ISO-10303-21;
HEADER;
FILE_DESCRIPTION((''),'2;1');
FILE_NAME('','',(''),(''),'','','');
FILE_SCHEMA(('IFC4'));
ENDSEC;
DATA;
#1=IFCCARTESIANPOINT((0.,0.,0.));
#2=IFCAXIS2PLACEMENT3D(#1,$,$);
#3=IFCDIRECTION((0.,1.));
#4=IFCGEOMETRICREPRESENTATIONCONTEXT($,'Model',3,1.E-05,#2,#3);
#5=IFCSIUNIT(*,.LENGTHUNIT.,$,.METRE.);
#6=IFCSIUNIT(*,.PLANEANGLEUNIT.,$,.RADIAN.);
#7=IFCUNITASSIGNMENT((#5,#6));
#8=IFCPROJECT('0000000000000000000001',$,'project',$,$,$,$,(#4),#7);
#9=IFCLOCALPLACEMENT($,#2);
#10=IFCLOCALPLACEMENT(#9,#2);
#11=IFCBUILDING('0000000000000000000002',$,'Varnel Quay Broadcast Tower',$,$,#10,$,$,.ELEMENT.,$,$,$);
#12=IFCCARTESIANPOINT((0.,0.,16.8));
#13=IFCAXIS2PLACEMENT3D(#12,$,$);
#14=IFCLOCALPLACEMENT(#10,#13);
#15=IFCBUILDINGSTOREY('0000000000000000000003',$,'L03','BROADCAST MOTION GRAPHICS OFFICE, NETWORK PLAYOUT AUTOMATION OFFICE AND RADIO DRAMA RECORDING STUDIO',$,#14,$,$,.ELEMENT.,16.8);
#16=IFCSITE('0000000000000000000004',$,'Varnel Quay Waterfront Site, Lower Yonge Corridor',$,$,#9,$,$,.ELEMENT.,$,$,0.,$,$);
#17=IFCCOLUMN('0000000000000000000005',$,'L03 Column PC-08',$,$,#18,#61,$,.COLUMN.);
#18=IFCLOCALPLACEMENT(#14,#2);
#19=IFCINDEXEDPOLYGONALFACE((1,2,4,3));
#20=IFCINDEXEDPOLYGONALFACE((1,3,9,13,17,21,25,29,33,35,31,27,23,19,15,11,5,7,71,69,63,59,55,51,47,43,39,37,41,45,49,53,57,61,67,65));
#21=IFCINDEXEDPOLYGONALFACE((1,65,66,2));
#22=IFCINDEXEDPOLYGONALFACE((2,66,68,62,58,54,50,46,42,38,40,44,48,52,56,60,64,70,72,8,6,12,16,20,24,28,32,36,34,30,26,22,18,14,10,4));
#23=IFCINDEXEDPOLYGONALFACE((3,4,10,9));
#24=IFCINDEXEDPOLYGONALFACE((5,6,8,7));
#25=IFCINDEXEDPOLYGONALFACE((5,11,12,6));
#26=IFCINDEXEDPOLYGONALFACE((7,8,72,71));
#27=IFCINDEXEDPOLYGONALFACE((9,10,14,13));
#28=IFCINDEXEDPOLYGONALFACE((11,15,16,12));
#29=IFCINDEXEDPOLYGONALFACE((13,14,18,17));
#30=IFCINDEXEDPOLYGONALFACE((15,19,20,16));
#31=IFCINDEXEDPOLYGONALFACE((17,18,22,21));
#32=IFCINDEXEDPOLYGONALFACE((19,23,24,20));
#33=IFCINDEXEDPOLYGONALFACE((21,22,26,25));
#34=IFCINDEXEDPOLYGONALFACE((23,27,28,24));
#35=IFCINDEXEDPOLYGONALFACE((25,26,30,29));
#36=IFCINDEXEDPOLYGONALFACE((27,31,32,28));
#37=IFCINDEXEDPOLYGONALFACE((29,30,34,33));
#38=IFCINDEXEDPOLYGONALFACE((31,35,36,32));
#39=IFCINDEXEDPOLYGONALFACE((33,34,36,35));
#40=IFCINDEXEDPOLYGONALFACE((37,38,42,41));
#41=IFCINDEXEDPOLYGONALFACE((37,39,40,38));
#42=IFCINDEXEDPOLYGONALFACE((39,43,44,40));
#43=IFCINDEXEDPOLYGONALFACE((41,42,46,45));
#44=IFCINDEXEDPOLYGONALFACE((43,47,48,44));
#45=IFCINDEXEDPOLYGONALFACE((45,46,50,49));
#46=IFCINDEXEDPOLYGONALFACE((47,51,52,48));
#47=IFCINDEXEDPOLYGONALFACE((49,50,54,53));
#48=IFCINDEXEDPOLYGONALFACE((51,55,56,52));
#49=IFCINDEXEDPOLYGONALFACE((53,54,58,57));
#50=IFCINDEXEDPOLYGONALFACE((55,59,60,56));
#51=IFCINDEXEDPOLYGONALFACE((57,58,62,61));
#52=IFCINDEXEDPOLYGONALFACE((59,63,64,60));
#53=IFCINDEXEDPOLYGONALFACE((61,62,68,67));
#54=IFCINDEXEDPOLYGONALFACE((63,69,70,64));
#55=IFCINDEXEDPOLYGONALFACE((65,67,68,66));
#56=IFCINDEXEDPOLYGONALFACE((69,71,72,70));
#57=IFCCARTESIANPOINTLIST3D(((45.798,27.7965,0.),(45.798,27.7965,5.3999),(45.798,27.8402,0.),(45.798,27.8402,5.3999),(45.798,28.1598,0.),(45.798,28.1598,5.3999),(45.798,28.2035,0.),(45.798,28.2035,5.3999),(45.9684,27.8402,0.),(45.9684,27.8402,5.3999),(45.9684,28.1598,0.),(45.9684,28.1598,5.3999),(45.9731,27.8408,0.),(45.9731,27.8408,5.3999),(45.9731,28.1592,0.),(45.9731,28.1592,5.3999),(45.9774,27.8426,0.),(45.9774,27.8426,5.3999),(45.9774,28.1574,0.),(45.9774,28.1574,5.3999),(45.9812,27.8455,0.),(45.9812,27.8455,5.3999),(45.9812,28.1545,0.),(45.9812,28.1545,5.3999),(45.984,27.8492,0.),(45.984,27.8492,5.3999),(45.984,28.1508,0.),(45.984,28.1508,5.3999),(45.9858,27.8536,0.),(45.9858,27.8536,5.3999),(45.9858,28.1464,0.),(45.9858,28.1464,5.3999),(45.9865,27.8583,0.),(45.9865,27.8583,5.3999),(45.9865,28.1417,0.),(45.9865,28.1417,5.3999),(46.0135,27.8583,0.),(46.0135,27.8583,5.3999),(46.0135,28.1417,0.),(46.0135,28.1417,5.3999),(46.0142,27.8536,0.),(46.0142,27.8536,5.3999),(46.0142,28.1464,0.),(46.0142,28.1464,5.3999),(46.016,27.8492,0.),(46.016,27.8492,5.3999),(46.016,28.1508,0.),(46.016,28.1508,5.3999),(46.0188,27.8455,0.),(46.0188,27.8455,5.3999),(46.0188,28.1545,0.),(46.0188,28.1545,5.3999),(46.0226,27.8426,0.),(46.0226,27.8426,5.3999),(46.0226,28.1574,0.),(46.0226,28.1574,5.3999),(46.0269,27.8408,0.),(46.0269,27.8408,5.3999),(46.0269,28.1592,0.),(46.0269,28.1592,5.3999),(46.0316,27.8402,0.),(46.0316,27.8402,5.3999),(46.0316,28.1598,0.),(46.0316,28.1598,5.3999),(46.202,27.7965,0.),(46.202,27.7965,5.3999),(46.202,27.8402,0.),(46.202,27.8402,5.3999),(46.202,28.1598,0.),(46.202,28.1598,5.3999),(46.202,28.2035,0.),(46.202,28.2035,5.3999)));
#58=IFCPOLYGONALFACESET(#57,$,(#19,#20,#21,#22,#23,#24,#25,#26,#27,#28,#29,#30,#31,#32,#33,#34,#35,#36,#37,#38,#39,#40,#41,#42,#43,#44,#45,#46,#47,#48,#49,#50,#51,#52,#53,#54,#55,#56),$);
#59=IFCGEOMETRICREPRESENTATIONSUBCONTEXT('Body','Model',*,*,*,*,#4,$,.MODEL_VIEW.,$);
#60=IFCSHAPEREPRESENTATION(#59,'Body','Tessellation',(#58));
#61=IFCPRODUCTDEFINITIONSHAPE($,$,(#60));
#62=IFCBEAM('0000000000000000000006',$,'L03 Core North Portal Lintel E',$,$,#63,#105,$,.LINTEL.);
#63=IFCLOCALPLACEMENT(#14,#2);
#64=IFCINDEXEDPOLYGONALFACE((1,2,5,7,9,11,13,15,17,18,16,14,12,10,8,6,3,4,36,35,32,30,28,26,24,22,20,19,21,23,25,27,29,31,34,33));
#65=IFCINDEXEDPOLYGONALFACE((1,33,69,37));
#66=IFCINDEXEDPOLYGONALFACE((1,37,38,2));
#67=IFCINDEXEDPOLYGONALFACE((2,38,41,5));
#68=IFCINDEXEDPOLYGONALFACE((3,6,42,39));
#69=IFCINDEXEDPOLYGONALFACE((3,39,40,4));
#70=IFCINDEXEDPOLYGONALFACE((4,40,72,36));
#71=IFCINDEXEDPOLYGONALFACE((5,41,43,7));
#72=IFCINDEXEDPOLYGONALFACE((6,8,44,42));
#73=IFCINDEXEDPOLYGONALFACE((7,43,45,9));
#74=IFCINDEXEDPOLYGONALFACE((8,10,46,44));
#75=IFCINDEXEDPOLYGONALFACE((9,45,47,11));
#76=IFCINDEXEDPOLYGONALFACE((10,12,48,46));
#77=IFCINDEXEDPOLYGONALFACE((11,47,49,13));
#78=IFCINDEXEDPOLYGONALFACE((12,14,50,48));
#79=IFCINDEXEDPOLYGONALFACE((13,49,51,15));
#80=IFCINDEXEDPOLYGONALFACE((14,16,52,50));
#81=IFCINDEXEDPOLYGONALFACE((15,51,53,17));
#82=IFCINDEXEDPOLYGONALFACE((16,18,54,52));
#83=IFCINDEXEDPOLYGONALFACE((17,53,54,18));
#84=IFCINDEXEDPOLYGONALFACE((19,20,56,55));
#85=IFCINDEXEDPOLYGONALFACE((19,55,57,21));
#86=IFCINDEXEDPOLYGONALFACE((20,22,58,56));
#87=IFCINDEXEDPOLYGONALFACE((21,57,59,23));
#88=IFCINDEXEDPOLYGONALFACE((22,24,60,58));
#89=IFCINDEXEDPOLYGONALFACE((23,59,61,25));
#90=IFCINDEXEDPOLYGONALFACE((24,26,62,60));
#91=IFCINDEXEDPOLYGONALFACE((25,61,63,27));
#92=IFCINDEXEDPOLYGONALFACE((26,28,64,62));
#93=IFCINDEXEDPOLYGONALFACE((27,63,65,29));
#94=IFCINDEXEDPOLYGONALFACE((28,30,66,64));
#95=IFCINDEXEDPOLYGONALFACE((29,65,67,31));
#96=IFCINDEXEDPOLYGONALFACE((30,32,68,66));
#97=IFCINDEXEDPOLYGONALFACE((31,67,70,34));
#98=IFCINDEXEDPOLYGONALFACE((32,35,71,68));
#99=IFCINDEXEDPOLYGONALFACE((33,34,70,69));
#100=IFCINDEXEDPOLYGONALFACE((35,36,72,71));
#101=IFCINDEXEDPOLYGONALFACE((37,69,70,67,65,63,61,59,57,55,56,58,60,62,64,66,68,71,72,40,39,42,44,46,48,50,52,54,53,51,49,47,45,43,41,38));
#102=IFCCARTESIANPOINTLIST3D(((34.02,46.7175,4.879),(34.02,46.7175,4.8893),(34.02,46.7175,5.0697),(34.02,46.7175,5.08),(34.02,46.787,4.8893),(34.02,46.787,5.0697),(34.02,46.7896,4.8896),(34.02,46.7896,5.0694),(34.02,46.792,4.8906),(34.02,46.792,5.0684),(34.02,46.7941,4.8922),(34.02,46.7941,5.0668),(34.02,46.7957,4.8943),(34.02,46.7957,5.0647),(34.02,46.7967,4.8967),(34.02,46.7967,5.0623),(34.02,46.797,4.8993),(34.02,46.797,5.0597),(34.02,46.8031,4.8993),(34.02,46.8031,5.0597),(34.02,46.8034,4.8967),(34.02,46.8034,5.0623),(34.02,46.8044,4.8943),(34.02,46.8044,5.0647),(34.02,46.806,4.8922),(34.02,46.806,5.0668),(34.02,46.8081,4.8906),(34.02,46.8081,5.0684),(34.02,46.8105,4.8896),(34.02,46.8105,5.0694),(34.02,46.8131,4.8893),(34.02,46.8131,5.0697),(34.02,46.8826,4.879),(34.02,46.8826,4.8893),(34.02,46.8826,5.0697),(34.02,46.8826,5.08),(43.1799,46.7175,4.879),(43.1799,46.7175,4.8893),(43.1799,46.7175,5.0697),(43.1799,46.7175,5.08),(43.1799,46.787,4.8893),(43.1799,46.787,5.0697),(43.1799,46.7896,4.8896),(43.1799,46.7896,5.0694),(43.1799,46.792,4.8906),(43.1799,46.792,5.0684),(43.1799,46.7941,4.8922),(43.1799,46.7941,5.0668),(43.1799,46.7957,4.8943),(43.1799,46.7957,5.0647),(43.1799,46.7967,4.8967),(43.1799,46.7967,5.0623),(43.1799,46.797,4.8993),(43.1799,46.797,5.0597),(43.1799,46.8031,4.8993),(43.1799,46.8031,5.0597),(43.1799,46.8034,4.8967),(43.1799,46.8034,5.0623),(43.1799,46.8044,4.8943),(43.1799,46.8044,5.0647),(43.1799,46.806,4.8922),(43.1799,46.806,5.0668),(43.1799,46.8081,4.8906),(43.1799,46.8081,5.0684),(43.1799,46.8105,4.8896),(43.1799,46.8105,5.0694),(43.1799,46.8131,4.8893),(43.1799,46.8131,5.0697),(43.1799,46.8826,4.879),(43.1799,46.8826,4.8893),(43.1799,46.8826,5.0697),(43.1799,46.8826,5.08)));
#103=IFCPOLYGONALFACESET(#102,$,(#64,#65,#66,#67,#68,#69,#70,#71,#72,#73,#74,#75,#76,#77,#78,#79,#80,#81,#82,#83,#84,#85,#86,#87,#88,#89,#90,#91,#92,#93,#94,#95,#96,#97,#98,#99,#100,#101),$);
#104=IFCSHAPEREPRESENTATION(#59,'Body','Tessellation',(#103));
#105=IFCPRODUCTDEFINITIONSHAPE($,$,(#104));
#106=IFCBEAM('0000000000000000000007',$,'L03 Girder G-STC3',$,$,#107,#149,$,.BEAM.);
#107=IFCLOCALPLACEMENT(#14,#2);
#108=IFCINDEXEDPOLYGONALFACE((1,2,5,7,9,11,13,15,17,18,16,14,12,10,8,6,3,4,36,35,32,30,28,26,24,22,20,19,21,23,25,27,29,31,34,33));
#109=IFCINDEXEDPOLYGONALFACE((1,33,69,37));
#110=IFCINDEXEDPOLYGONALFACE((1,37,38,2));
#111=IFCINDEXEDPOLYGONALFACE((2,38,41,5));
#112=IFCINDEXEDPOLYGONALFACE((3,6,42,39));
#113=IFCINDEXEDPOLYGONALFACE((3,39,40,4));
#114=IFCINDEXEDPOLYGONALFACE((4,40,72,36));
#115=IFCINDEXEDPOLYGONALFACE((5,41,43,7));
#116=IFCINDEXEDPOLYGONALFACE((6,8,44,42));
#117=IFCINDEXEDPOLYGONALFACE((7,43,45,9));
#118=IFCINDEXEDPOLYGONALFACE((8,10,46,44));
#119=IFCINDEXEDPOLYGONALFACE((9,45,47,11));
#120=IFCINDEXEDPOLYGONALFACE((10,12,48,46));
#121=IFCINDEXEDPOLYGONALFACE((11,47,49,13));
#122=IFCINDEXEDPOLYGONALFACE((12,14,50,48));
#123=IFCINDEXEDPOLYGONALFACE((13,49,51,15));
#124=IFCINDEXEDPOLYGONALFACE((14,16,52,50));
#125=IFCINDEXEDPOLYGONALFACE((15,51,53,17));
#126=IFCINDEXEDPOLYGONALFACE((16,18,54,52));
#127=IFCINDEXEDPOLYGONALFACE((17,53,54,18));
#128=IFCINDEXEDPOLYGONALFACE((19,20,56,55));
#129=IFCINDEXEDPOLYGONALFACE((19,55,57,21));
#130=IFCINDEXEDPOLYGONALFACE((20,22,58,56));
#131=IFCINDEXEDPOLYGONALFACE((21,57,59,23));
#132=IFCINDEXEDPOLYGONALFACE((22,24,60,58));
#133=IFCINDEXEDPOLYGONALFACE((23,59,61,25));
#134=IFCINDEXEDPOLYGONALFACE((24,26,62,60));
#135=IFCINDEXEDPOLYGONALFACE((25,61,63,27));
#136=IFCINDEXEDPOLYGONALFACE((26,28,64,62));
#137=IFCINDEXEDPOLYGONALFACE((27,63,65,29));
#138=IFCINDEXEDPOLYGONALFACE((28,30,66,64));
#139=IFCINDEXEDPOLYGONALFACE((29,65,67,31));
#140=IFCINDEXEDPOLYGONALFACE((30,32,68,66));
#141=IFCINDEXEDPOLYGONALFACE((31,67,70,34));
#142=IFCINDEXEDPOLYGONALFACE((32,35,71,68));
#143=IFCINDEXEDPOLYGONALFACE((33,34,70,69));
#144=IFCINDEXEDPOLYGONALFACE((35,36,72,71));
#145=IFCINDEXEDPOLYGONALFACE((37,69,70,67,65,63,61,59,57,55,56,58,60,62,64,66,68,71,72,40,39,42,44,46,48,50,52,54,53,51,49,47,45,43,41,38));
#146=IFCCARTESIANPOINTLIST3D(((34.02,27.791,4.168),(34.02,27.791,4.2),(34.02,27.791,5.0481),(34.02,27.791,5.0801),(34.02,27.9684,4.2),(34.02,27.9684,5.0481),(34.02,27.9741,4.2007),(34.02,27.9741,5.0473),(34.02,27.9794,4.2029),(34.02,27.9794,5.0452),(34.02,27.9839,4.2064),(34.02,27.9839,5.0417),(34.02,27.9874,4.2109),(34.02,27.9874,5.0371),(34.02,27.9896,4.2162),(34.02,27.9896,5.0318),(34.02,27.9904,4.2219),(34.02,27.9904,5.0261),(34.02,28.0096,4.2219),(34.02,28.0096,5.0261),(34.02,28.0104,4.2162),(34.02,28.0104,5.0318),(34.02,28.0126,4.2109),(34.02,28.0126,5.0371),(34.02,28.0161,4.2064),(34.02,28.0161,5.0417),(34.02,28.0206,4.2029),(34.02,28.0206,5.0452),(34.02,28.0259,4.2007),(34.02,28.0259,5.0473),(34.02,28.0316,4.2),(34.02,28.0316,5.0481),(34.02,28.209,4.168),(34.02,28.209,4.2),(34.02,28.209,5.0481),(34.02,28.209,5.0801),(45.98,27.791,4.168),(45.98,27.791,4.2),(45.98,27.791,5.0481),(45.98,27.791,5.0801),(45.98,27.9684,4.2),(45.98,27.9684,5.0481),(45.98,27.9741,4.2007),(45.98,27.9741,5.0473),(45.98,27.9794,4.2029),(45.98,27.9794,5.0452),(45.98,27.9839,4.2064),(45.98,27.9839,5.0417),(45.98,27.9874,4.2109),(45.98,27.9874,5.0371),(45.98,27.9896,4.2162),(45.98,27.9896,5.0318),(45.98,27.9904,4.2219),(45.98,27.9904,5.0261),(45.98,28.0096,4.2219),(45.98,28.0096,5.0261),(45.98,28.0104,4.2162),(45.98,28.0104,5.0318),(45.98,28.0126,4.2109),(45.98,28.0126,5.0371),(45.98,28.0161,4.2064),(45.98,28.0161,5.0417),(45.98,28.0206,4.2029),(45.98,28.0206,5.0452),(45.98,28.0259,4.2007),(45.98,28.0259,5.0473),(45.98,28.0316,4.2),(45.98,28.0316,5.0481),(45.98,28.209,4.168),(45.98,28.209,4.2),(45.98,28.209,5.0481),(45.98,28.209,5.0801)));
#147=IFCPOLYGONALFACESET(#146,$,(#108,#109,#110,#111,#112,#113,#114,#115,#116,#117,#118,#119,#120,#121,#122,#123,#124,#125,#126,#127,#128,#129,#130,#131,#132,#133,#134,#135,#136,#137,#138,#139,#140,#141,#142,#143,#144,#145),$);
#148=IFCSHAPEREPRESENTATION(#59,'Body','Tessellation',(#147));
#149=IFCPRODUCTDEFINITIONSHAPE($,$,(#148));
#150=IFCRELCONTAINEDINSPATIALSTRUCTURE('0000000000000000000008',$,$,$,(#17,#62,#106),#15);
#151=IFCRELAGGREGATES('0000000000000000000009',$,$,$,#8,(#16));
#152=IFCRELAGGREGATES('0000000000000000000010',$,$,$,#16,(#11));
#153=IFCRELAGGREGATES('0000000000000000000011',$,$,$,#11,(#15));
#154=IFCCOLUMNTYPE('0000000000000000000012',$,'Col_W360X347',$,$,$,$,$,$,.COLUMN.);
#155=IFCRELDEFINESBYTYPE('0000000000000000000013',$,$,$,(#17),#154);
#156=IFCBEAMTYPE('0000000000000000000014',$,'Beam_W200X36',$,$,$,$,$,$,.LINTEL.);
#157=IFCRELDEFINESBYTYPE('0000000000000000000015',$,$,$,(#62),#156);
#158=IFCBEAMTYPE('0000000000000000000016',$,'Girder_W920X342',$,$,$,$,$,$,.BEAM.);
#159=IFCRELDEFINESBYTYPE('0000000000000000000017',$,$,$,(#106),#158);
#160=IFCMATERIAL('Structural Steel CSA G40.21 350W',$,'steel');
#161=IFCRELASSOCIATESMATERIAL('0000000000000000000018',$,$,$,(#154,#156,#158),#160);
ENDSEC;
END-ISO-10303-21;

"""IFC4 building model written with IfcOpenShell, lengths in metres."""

from ifc_helpers import new_model, si_unit, direction, frame, origin, origin_2d, place, context, subcontext, project, spatial, i_section, extrude, source, transform, mapped, material, material_profile, profile_set, type_object, type_shapes, element, save


model = new_model("IFC4")

# Units and contexts
model_context = context("Model", 3, precision=1e-05, world=origin(), true_north=direction((0.0, 1.0)))
body_context = subcontext(model_context, "Body", "Model", "MODEL_VIEW")
ifc_project = project(units=[si_unit("LENGTHUNIT", "METRE"), si_unit("PLANEANGLEUNIT", "RADIAN")], contexts=[model_context])

# Site, building, storey
site_placement = place(None, origin())
site = spatial("IfcSite", under=ifc_project, at=site_placement, Name="Varnel Quay Waterfront Site, Lower Yonge Corridor", CompositionType="ELEMENT", RefElevation=0.0)
building_placement = place(site_placement, origin())
building = spatial("IfcBuilding", under=site, at=building_placement, Name="Varnel Quay Broadcast Tower", CompositionType="ELEMENT")
storey_placement = place(building_placement, frame((0.0, 0.0, 16.8)))
storey = spatial("IfcBuildingStorey", under=building, at=storey_placement, Name="L03", Description="BROADCAST MOTION GRAPHICS OFFICE, NETWORK PLAYOUT AUTOMATION OFFICE AND RADIO DRAMA RECORDING STUDIO", CompositionType="ELEMENT", Elevation=16.8)

# Column
ifc_material_1 = material(Name="Structural Steel CSA G40.21 350W", Category="steel")
ifc_material_profile_1 = material_profile(ifc_material_1, i_section(OverallWidth=0.4041, OverallDepth=0.407, WebThickness=0.0271, FlangeThickness=0.0437, FilletRadius=0.0181, at=origin_2d()), Name="W360X347")
ifc_profile_set_1 = profile_set([ifc_material_profile_1], Name="Structural Steel CSA G40.21 350W")
column_type_1 = type_object("IfcColumnType", Name="Col_W360X347", PredefinedType="COLUMN", material=ifc_profile_set_1)
shared_shape_1 = source(origin(), body_context, "Body", "SweptSolid", [
    extrude(i_section(OverallWidth=0.4041, OverallDepth=0.407, WebThickness=0.0271, FlangeThickness=0.0437, FilletRadius=0.0181, at=origin_2d()), origin(), (0.0, 0.0, 1.0), 5.3999),
])
type_shapes(column_type_1, [shared_shape_1])
column_placement = place(storey_placement, frame((46.0, 28.0, 0.0), z_axis=(0.0, 0.0, 1.0), x_axis=(1.0, 0.0, 0.0)))
element("IfcColumn", 1, at=column_placement, inside=storey, type_object=column_type_1, Name="L03 Column PC-08", PredefinedType="COLUMN", context=body_context, shape_type="MappedRepresentation", body=[
    mapped(shared_shape_1, transform((0.0, 0.0, 0.0), x_axis=(1.0, 0.0, 0.0), y_axis=(0.0, 1.0, 0.0), z_axis=(0.0, 0.0, 1.0), scale=1.0)),
])

# Beams
ifc_material_profile_2 = material_profile(ifc_material_1, i_section(OverallWidth=0.165, OverallDepth=0.2009, WebThickness=0.0061, FlangeThickness=0.0103, FilletRadius=0.01, at=origin_2d()), Name="W200X36")
ifc_profile_set_2 = profile_set([ifc_material_profile_2], Name="Structural Steel CSA G40.21 350W")
beam_type_1 = type_object("IfcBeamType", Name="Beam_W200X36", PredefinedType="LINTEL", material=ifc_profile_set_2)
shared_shape_2 = source(origin(), body_context, "Body", "SweptSolid", [
    extrude(i_section(OverallWidth=0.165, OverallDepth=0.2009, WebThickness=0.0061, FlangeThickness=0.0103, FilletRadius=0.01, at=origin_2d()), origin(), (0.0, 0.0, 1.0), 9.1599),
])
type_shapes(beam_type_1, [shared_shape_2])
beam_1_placement = place(storey_placement, frame((34.02, 46.8, 4.9795), z_axis=(1.0, 0.0, 0.0), x_axis=(0.0, 1.0, 0.0)))
element("IfcBeam", 2, at=beam_1_placement, inside=storey, type_object=beam_type_1, Name="L03 Core North Portal Lintel E", PredefinedType="LINTEL", context=body_context, shape_type="MappedRepresentation", body=[
    mapped(shared_shape_2, transform((0.0, 0.0, 0.0), x_axis=(1.0, 0.0, 0.0), y_axis=(0.0, 1.0, 0.0), z_axis=(0.0, 0.0, 1.0), scale=1.0)),
])
ifc_material_profile_3 = material_profile(ifc_material_1, i_section(OverallWidth=0.418, OverallDepth=0.9121, WebThickness=0.0193, FlangeThickness=0.032, FilletRadius=0.022, at=origin_2d()), Name="W920X342")
ifc_profile_set_3 = profile_set([ifc_material_profile_3], Name="Structural Steel CSA G40.21 350W")
beam_type_2 = type_object("IfcBeamType", Name="Girder_W920X342", PredefinedType="BEAM", material=ifc_profile_set_3)
shared_shape_3 = source(origin(), body_context, "Body", "SweptSolid", [
    extrude(i_section(OverallWidth=0.418, OverallDepth=0.9121, WebThickness=0.0193, FlangeThickness=0.032, FilletRadius=0.022, at=origin_2d()), origin(), (0.0, 0.0, 1.0), 11.96),
])
beam_2_placement = place(storey_placement, frame((34.02, 28.0, 4.624), z_axis=(1.0, 0.0, 0.0), x_axis=(0.0, 1.0, 0.0)))
element("IfcBeam", 3, at=beam_2_placement, inside=storey, type_object=beam_type_2, Name="L03 Girder G-STC3", PredefinedType="BEAM", context=body_context, shape_type="MappedRepresentation", body=[
    mapped(shared_shape_3, transform((0.0, 0.0, 0.0), x_axis=(1.0, 0.0, 0.0), y_axis=(0.0, 1.0, 0.0), z_axis=(0.0, 0.0, 1.0), scale=1.0)),
])

save(model, "model.ifc")
